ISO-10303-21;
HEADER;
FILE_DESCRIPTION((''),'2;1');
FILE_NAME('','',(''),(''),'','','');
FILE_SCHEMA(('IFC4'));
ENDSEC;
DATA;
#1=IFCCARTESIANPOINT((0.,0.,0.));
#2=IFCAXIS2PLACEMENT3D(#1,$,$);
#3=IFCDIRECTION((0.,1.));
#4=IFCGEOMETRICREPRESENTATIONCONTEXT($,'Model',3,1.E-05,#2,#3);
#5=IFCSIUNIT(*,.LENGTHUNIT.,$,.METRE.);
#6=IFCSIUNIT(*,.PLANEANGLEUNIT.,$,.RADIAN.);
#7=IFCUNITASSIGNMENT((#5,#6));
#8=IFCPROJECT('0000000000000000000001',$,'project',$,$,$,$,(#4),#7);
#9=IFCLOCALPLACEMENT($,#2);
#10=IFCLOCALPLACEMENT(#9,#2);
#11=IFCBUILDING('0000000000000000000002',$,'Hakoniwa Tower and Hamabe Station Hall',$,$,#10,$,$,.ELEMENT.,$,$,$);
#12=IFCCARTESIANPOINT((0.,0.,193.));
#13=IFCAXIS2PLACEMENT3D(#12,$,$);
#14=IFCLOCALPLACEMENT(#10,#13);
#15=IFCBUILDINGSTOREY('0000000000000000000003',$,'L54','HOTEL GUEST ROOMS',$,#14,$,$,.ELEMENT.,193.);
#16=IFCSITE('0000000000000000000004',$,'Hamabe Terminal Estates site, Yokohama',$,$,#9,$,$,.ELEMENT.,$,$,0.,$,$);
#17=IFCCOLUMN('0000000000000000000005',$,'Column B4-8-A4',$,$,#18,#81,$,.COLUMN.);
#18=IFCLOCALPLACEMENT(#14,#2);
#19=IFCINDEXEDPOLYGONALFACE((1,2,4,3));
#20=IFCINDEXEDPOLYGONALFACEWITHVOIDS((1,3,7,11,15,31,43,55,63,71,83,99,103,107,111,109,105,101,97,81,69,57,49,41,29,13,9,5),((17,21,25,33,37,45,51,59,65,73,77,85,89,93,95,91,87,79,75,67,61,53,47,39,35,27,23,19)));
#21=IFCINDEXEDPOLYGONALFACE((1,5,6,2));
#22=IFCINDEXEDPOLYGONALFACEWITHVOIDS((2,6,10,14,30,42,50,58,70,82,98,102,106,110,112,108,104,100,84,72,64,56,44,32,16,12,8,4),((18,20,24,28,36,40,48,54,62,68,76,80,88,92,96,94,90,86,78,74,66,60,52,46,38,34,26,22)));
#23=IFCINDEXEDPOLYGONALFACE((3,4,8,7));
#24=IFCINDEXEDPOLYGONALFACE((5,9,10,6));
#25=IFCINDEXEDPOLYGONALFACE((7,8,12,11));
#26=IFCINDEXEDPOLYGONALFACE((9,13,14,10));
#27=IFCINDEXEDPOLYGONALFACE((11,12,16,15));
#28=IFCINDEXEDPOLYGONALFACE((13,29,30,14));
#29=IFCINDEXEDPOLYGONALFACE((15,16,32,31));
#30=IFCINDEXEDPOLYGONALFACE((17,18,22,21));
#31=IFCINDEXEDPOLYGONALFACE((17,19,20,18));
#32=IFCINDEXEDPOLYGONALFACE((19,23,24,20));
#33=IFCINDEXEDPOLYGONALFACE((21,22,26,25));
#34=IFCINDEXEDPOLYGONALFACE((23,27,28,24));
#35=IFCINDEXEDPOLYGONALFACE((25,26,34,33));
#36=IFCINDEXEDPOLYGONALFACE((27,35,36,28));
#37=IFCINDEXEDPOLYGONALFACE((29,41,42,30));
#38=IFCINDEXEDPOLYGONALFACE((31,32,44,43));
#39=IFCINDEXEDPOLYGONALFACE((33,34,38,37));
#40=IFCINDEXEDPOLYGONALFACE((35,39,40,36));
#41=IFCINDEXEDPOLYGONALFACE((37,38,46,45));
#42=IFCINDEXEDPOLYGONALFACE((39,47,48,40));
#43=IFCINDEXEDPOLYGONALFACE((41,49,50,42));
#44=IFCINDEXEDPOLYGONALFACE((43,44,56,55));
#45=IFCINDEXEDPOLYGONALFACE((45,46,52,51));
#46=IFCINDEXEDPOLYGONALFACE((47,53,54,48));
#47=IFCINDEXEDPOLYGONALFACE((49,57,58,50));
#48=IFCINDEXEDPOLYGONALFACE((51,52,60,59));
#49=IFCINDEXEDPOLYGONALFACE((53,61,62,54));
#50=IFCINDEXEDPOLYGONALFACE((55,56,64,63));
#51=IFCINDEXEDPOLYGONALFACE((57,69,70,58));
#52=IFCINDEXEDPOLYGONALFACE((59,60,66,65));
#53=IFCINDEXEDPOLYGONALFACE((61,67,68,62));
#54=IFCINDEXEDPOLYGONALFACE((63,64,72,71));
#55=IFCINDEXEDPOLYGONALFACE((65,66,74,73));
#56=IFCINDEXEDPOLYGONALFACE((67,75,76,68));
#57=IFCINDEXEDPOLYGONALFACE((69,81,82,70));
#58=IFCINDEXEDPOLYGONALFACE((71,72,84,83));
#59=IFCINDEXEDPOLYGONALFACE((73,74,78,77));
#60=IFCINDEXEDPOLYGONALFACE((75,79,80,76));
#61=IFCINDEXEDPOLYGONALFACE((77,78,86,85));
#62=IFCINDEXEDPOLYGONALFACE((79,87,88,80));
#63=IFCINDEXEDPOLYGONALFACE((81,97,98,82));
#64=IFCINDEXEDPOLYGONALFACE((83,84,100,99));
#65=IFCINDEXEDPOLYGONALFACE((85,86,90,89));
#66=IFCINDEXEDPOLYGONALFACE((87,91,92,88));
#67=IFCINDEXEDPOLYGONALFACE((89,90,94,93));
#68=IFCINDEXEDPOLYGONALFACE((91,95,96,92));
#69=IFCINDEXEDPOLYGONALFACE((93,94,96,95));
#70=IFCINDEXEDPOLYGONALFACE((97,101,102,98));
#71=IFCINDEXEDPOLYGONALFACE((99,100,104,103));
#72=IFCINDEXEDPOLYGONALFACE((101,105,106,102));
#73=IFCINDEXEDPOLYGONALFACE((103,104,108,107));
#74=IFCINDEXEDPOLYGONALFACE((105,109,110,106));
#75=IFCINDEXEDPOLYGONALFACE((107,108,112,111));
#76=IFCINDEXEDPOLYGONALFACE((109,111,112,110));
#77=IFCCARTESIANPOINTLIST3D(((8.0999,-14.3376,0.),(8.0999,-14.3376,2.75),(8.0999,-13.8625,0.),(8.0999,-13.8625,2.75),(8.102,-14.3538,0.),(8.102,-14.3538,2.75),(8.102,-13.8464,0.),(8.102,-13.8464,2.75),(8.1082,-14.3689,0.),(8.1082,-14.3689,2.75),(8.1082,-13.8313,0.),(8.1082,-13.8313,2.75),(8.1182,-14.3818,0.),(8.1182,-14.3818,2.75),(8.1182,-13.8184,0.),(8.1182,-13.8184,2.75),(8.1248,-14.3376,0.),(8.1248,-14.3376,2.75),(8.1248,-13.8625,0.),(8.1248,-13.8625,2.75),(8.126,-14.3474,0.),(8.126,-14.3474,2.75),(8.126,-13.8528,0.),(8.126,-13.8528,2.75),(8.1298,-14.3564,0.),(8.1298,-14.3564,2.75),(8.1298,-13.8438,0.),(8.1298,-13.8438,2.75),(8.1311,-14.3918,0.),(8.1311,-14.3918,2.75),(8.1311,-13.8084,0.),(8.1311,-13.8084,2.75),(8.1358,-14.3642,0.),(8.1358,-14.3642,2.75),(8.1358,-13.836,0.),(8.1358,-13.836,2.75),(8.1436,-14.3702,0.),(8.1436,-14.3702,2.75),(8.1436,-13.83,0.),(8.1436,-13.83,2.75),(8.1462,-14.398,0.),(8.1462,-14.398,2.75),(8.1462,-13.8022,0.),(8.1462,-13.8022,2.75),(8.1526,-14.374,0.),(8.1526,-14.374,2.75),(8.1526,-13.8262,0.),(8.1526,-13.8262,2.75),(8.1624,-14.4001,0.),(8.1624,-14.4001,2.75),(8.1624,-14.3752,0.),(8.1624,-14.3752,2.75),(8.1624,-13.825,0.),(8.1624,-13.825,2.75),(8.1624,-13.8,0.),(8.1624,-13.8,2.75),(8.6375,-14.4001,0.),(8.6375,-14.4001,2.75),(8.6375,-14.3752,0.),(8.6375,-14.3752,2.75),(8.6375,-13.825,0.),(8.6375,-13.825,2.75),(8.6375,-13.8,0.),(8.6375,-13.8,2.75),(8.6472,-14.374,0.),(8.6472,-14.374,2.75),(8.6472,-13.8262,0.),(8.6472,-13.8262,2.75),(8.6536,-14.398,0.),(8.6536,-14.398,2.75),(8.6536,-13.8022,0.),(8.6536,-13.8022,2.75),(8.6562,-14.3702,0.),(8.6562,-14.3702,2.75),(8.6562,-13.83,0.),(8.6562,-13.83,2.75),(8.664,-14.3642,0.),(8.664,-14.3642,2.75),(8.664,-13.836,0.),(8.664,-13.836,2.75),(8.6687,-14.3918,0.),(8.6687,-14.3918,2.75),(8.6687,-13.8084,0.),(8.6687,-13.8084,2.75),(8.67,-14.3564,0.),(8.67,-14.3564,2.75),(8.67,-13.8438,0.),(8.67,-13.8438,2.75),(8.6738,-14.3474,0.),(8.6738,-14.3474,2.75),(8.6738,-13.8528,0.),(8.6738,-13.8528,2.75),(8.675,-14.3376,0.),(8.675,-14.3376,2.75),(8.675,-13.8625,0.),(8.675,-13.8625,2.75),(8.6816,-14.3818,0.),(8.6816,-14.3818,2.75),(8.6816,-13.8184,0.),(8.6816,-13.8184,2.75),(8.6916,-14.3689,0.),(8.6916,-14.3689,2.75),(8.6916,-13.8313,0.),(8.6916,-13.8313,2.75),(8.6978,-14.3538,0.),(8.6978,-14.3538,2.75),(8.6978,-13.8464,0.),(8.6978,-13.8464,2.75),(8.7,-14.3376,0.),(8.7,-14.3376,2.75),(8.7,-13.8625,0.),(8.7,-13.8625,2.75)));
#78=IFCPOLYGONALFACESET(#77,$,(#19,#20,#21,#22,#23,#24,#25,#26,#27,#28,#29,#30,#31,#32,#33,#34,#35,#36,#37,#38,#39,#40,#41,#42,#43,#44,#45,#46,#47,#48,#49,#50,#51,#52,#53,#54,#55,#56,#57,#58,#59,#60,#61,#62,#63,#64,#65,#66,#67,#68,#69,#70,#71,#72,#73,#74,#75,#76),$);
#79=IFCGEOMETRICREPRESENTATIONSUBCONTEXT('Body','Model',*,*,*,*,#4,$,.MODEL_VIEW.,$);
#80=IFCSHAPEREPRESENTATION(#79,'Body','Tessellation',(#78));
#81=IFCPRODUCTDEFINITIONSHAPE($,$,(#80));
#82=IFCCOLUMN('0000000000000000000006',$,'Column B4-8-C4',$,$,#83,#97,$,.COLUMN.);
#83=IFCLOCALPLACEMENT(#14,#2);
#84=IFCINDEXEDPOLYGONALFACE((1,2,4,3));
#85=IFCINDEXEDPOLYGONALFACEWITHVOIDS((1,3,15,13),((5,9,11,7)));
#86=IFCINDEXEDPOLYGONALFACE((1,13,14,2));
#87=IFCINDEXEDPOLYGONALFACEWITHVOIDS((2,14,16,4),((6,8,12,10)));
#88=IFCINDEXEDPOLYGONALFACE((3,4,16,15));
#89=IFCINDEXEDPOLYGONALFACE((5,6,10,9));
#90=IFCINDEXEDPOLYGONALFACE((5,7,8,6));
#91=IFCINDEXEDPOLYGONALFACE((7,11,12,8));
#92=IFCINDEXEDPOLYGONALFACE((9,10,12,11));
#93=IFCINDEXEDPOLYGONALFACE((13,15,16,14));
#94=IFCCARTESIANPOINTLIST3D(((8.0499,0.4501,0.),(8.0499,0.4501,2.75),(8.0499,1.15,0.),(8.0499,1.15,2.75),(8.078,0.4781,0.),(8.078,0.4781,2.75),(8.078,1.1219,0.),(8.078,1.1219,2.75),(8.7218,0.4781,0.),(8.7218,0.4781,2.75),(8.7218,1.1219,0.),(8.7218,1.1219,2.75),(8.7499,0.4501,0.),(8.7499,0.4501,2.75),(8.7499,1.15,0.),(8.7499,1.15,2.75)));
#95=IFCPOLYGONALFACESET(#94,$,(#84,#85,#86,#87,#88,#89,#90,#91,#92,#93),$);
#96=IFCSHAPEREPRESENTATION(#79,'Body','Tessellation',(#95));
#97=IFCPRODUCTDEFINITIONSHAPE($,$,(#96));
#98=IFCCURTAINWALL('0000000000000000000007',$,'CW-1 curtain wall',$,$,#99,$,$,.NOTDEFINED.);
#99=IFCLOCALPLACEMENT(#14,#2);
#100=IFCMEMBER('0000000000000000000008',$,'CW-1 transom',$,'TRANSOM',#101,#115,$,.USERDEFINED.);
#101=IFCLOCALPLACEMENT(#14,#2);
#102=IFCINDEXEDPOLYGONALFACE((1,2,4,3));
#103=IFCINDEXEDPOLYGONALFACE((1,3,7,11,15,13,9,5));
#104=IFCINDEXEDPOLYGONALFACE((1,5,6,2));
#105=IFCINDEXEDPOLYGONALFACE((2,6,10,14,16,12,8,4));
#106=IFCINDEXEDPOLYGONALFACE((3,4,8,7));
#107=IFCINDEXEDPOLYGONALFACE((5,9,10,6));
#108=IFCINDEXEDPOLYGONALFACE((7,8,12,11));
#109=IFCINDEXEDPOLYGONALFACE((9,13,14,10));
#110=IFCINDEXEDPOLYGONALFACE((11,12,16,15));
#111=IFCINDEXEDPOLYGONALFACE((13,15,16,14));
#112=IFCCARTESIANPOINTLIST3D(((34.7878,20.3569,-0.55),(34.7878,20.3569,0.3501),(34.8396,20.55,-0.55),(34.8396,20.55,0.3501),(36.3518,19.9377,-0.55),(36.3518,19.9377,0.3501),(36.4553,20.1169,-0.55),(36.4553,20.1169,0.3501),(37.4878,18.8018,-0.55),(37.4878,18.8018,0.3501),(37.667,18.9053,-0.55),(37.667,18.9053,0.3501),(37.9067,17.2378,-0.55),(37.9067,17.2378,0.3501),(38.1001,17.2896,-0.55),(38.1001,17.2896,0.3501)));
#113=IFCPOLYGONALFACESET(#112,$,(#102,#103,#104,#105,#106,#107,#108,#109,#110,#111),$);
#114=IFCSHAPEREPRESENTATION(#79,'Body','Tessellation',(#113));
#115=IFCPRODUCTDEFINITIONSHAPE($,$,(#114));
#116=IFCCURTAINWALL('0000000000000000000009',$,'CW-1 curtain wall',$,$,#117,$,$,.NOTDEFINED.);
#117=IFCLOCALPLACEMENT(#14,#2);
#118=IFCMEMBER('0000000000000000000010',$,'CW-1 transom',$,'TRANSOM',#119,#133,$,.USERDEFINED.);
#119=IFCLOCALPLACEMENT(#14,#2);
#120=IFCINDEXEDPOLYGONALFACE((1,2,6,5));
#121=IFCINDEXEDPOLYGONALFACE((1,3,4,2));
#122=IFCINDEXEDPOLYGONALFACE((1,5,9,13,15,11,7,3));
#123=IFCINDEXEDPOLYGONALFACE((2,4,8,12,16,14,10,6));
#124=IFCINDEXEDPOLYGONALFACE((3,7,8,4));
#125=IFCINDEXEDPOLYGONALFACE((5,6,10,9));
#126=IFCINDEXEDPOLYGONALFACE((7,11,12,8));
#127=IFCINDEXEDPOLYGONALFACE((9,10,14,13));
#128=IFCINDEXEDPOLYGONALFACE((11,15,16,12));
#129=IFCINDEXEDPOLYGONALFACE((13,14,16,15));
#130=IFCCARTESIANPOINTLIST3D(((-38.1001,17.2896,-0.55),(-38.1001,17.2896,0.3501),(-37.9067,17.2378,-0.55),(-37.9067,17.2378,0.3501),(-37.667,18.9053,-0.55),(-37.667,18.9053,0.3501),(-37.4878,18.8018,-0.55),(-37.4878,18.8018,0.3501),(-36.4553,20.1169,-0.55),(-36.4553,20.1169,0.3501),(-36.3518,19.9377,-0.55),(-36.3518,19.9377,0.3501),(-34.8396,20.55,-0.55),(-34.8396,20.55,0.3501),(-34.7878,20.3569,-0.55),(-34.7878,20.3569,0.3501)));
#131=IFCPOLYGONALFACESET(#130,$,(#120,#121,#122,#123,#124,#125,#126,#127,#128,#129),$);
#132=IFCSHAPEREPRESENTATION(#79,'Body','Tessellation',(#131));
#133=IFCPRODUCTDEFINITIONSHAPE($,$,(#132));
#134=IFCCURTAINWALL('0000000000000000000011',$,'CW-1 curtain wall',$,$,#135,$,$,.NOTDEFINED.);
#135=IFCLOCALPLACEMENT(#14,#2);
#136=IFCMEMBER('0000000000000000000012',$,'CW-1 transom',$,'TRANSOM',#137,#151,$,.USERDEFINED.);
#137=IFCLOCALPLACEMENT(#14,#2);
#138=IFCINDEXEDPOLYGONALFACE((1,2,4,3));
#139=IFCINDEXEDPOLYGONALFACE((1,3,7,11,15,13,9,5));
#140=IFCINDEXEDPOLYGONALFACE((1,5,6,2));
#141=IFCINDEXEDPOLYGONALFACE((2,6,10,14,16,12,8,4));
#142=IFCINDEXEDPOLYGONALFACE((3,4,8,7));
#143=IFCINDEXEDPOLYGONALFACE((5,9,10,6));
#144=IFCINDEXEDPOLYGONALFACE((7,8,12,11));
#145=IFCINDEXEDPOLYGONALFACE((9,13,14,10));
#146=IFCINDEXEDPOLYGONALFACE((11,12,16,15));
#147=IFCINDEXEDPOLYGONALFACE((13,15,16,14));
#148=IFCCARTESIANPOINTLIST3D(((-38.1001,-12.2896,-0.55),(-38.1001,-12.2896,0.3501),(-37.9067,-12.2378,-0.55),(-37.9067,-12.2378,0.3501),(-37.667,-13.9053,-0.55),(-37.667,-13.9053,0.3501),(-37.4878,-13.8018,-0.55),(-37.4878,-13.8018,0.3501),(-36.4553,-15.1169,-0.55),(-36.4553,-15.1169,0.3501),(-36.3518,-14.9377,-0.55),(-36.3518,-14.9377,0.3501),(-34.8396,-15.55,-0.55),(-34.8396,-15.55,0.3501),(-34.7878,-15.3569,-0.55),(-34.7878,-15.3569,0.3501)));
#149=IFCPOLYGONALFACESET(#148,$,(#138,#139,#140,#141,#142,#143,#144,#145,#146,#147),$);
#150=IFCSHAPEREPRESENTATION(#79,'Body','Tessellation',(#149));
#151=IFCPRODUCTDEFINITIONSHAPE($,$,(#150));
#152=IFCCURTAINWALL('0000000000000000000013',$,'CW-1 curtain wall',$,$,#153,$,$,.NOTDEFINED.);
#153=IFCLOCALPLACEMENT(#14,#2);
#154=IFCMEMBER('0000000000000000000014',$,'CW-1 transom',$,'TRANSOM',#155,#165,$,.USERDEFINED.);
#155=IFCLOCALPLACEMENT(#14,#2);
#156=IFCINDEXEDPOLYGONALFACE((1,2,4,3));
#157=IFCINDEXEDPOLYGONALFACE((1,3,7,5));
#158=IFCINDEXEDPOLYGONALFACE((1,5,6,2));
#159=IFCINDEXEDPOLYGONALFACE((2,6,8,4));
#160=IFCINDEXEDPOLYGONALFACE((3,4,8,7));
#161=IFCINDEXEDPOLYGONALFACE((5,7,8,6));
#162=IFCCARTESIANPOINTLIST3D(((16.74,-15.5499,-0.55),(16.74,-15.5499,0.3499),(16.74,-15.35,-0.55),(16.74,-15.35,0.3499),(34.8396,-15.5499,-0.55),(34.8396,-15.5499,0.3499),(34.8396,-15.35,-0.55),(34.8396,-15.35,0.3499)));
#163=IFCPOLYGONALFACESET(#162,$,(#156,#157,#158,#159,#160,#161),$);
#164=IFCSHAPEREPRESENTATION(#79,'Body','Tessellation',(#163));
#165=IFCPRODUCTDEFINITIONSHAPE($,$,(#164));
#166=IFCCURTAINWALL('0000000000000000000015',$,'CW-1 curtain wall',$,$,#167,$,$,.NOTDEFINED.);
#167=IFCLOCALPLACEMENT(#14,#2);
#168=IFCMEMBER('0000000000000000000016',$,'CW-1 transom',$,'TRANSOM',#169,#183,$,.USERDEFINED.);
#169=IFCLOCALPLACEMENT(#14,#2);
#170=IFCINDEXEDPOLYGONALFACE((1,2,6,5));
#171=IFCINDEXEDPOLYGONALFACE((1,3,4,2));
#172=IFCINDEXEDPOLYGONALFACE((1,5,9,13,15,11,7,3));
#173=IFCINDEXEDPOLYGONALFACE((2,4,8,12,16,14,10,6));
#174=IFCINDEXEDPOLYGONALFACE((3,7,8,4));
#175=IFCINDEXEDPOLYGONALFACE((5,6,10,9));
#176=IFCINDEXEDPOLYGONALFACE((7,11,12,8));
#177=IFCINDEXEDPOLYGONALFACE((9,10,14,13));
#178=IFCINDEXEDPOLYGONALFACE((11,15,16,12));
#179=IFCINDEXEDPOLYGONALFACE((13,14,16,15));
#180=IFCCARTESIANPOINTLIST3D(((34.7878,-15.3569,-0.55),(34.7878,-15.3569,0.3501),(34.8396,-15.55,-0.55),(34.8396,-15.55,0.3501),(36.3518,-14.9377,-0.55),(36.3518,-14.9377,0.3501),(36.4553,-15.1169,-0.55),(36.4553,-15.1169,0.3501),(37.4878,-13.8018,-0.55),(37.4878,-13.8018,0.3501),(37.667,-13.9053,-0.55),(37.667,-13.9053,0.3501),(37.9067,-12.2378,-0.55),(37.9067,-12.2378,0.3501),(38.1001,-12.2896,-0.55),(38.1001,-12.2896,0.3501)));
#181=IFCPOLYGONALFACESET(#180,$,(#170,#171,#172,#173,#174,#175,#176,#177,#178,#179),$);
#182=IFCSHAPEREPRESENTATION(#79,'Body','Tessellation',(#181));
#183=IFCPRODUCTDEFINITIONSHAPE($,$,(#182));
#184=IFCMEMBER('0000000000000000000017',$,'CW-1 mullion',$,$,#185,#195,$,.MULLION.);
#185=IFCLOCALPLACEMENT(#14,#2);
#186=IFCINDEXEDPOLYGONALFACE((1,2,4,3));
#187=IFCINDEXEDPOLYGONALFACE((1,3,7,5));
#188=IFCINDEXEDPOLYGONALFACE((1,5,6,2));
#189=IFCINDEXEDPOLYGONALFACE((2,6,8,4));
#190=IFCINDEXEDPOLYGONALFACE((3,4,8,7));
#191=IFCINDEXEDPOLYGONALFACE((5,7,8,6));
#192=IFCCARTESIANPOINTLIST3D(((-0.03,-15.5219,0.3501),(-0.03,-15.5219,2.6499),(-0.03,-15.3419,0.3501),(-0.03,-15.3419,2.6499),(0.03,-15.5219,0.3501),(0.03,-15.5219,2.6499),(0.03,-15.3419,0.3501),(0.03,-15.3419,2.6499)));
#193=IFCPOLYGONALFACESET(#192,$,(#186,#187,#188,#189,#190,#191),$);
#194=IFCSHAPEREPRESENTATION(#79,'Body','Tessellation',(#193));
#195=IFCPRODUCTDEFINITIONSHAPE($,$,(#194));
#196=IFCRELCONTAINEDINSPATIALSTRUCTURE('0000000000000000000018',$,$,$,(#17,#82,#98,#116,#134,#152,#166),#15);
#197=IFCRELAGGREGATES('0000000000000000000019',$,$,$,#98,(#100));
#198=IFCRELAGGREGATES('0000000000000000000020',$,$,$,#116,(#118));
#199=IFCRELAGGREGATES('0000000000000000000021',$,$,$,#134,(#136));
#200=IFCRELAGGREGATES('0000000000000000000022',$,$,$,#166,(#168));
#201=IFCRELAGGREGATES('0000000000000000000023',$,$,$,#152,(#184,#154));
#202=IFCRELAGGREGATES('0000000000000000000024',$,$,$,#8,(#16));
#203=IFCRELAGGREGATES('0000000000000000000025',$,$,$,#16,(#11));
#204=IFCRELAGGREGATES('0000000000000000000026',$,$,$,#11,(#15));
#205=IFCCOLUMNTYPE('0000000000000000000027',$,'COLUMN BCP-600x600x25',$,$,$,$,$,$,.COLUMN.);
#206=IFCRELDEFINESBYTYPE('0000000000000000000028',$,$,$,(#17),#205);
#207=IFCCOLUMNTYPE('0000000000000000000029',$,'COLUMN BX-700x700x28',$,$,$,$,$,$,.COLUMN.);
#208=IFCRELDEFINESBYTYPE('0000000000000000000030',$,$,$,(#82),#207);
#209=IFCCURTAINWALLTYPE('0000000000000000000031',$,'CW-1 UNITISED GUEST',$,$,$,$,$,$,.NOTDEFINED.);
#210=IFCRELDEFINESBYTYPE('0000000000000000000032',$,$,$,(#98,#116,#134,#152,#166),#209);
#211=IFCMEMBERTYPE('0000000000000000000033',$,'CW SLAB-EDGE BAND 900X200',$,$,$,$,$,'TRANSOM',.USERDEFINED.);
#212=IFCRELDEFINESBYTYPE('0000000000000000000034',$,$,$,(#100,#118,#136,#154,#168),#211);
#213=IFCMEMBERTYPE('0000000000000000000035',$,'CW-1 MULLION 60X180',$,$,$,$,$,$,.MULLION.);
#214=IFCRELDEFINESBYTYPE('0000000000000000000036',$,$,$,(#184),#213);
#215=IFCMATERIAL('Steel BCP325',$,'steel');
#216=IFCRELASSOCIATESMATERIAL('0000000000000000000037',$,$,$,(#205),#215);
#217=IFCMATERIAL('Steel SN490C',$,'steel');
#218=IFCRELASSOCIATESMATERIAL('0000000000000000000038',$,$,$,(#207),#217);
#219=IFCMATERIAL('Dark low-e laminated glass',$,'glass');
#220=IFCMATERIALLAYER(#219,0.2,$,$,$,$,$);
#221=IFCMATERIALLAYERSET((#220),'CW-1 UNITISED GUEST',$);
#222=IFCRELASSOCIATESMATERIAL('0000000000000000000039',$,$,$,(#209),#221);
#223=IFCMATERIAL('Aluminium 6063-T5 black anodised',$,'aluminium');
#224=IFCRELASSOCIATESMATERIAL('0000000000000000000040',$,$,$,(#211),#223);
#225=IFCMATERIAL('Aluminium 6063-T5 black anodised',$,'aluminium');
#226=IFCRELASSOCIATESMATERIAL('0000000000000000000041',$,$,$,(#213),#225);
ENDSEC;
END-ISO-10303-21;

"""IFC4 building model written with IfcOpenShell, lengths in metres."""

from ifc_helpers import new_model, si_unit, direction, frame, origin, origin_2d, place, context, subcontext, project, spatial, polyline, rectangle, hollow_rectangle, outline, extrude, material, layer, layer_set, material_profile, profile_set, type_object, element, aggregate, save


model = new_model("IFC4")

# Units and contexts
model_context = context("Model", 3, precision=1e-05, world=origin(), true_north=direction((0.0, 1.0)))
body_context = subcontext(model_context, "Body", "Model", "MODEL_VIEW")
ifc_project = project(units=[si_unit("LENGTHUNIT", "METRE"), si_unit("PLANEANGLEUNIT", "RADIAN")], contexts=[model_context])

# Site, building, storey
site_placement = place(None, origin())
site = spatial("IfcSite", under=ifc_project, at=site_placement, Name="Hamabe Terminal Estates site, Yokohama", CompositionType="ELEMENT", RefElevation=0.0)
building_placement = place(site_placement, origin())
building = spatial("IfcBuilding", under=site, at=building_placement, Name="Hakoniwa Tower and Hamabe Station Hall", CompositionType="ELEMENT")
storey_placement = place(building_placement, frame((0.0, 0.0, 193.0)))
storey = spatial("IfcBuildingStorey", under=building, at=storey_placement, Name="L54", Description="HOTEL GUEST ROOMS", CompositionType="ELEMENT", Elevation=193.0)

# Columns
ifc_material_1 = material(Name="Steel BCP325", Category="steel")
ifc_material_profile_1 = material_profile(ifc_material_1, hollow_rectangle(XDim=0.6001, YDim=0.6001, WallThickness=0.0249, InnerFilletRadius=0.0376, OuterFilletRadius=0.0625, at=origin_2d()), Name="BCP-600x600x25")
ifc_profile_set_1 = profile_set([ifc_material_profile_1], Name="Steel BCP325")
column_type_1 = type_object("IfcColumnType", Name="COLUMN BCP-600x600x25", PredefinedType="COLUMN", material=ifc_profile_set_1)
column_1_placement = place(storey_placement, frame((8.3999, -14.1001, 0.0), z_axis=(0.0, 0.0, 1.0), x_axis=(1.0, 0.0, 0.0)))
element("IfcColumn", 1, at=column_1_placement, inside=storey, type_object=column_type_1, Name="Column B4-8-A4", PredefinedType="COLUMN", context=body_context, shape_type="SweptSolid", body=[
    extrude(hollow_rectangle(XDim=0.6001, YDim=0.6001, WallThickness=0.0249, InnerFilletRadius=0.0376, OuterFilletRadius=0.0625, at=origin_2d()), origin(), (0.0, 0.0, 1.0), 2.75),
])
ifc_material_2 = material(Name="Steel SN490C", Category="steel")
ifc_material_profile_2 = material_profile(ifc_material_2, hollow_rectangle(XDim=0.7, YDim=0.7, WallThickness=0.0281, at=origin_2d()), Name="BX-700x700x28")
ifc_profile_set_2 = profile_set([ifc_material_profile_2], Name="Steel SN490C")
column_type_2 = type_object("IfcColumnType", Name="COLUMN BX-700x700x28", PredefinedType="COLUMN", material=ifc_profile_set_2)
column_2_placement = place(storey_placement, frame((8.3999, 0.8, 0.0), z_axis=(0.0, 0.0, 1.0), x_axis=(1.0, 0.0, 0.0)))
element("IfcColumn", 2, at=column_2_placement, inside=storey, type_object=column_type_2, Name="Column B4-8-C4", PredefinedType="COLUMN", context=body_context, shape_type="SweptSolid", body=[
    extrude(hollow_rectangle(XDim=0.7, YDim=0.7, WallThickness=0.0281, at=origin_2d()), origin(), (0.0, 0.0, 1.0), 2.75),
])

# Curtain walls, members
ifc_material_3 = material(Name="Dark low-e laminated glass", Category="glass")
ifc_layer_1 = layer(ifc_material_3, 0.2)
ifc_layer_set_1 = layer_set([ifc_layer_1], Name="CW-1 UNITISED GUEST")
curtain_wall_type = type_object("IfcCurtainWallType", Name="CW-1 UNITISED GUEST", PredefinedType="NOTDEFINED", material=ifc_layer_set_1)
curtain_wall_1_placement = place(storey_placement, origin())
curtain_wall_1 = element("IfcCurtainWall", 3, at=curtain_wall_1_placement, inside=storey, type_object=curtain_wall_type, Name="CW-1 curtain wall", PredefinedType="NOTDEFINED")
ifc_material_4 = material(Name="Aluminium 6063-T5 black anodised", Category="aluminium")
ifc_material_profile_3 = material_profile(ifc_material_4, rectangle(XDim=0.2, YDim=0.8999, at=origin_2d()), Name="CW SLAB-EDGE BAND 900X200")
ifc_profile_set_3 = profile_set([ifc_material_profile_3], Name="Aluminium 6063-T5 black anodised")
member_type_1 = type_object("IfcMemberType", Name="CW SLAB-EDGE BAND 900X200", ElementType="TRANSOM", PredefinedType="USERDEFINED", material=ifc_profile_set_3)
member_1_placement = place(storey_placement, frame((0.0, 0.0, -0.55)))
member_1 = element("IfcMember", 4, at=member_1_placement, type_object=member_type_1, Name="CW-1 transom", ObjectType="TRANSOM", PredefinedType="USERDEFINED", context=body_context, shape_type="SweptSolid", body=[
    extrude(outline(polyline([(38.1001, 17.2896), (37.667, 18.9053), (36.4553, 20.1169), (34.8396, 20.55), (34.7878, 20.3569), (36.3518, 19.9377), (37.4878, 18.8018), (37.9067, 17.2378), (38.1001, 17.2896)])), origin(), (0.0, 0.0, 1.0), 0.9001),
])
curtain_wall_2_placement = place(storey_placement, origin())
curtain_wall_2 = element("IfcCurtainWall", 5, at=curtain_wall_2_placement, inside=storey, type_object=curtain_wall_type, Name="CW-1 curtain wall", PredefinedType="NOTDEFINED")
member_2_placement = place(storey_placement, frame((0.0, 0.0, -0.55)))
member_2 = element("IfcMember", 6, at=member_2_placement, type_object=member_type_1, Name="CW-1 transom", ObjectType="TRANSOM", PredefinedType="USERDEFINED", context=body_context, shape_type="SweptSolid", body=[
    extrude(outline(polyline([(-34.8396, 20.55), (-36.4553, 20.1169), (-37.667, 18.9053), (-38.1001, 17.2896), (-37.9067, 17.2378), (-37.4878, 18.8018), (-36.3518, 19.9377), (-34.7878, 20.3569), (-34.8396, 20.55)])), origin(), (0.0, 0.0, 1.0), 0.9001),
])
curtain_wall_3_placement = place(storey_placement, origin())
curtain_wall_3 = element("IfcCurtainWall", 7, at=curtain_wall_3_placement, inside=storey, type_object=curtain_wall_type, Name="CW-1 curtain wall", PredefinedType="NOTDEFINED")
member_3_placement = place(storey_placement, frame((0.0, 0.0, -0.55)))
member_3 = element("IfcMember", 8, at=member_3_placement, type_object=member_type_1, Name="CW-1 transom", ObjectType="TRANSOM", PredefinedType="USERDEFINED", context=body_context, shape_type="SweptSolid", body=[
    extrude(outline(polyline([(-38.1001, -12.2896), (-37.667, -13.9053), (-36.4553, -15.1169), (-34.8396, -15.55), (-34.7878, -15.3569), (-36.3518, -14.9377), (-37.4878, -13.8018), (-37.9067, -12.2378), (-38.1001, -12.2896)])), origin(), (0.0, 0.0, 1.0), 0.9001),
])
curtain_wall_4_placement = place(storey_placement, origin())
curtain_wall_4 = element("IfcCurtainWall", 9, at=curtain_wall_4_placement, inside=storey, type_object=curtain_wall_type, Name="CW-1 curtain wall", PredefinedType="NOTDEFINED")
member_4_placement = place(storey_placement, frame((16.74, -15.45, -0.1001), z_axis=(1.0, 0.0, 0.0), x_axis=(0.0, 1.0, 0.0)))
member_4 = element("IfcMember", 10, at=member_4_placement, type_object=member_type_1, Name="CW-1 transom", ObjectType="TRANSOM", PredefinedType="USERDEFINED", context=body_context, shape_type="SweptSolid", body=[
    extrude(rectangle(XDim=0.2, YDim=0.8999, at=origin_2d()), origin(), (0.0, 0.0, 1.0), 18.0996),
])
curtain_wall_5_placement = place(storey_placement, origin())
curtain_wall_5 = element("IfcCurtainWall", 11, at=curtain_wall_5_placement, inside=storey, type_object=curtain_wall_type, Name="CW-1 curtain wall", PredefinedType="NOTDEFINED")
member_5_placement = place(storey_placement, frame((0.0, 0.0, -0.55)))
member_5 = element("IfcMember", 12, at=member_5_placement, type_object=member_type_1, Name="CW-1 transom", ObjectType="TRANSOM", PredefinedType="USERDEFINED", context=body_context, shape_type="SweptSolid", body=[
    extrude(outline(polyline([(34.8396, -15.55), (36.4553, -15.1169), (37.667, -13.9053), (38.1001, -12.2896), (37.9067, -12.2378), (37.4878, -13.8018), (36.3518, -14.9377), (34.7878, -15.3569), (34.8396, -15.55)])), origin(), (0.0, 0.0, 1.0), 0.9001),
])

# Member
ifc_material_5 = material(Name="Aluminium 6063-T5 black anodised", Category="aluminium")
ifc_material_profile_4 = material_profile(ifc_material_5, rectangle(XDim=0.0601, YDim=0.1799, at=origin_2d()), Name="CW-1 MULLION 60X180")
ifc_profile_set_4 = profile_set([ifc_material_profile_4], Name="Aluminium 6063-T5 black anodised")
member_type_2 = type_object("IfcMemberType", Name="CW-1 MULLION 60X180", PredefinedType="MULLION", material=ifc_profile_set_4)
member_6_placement = place(storey_placement, frame((0.0, -15.4319, 0.3501), z_axis=(0.0, 0.0, 1.0), x_axis=(1.0, 0.0, 0.0)))
member_6 = element("IfcMember", 13, at=member_6_placement, type_object=member_type_2, Name="CW-1 mullion", PredefinedType="MULLION", context=body_context, shape_type="SweptSolid", body=[
    extrude(rectangle(XDim=0.0601, YDim=0.1799, at=origin_2d()), origin(), (0.0, 0.0, 1.0), 2.2998),
])

aggregate(curtain_wall_1, [member_1])
aggregate(curtain_wall_2, [member_2])
aggregate(curtain_wall_3, [member_3])
aggregate(curtain_wall_5, [member_5])

aggregate(curtain_wall_4, [member_6, member_4])

save(model, "model.ifc")
